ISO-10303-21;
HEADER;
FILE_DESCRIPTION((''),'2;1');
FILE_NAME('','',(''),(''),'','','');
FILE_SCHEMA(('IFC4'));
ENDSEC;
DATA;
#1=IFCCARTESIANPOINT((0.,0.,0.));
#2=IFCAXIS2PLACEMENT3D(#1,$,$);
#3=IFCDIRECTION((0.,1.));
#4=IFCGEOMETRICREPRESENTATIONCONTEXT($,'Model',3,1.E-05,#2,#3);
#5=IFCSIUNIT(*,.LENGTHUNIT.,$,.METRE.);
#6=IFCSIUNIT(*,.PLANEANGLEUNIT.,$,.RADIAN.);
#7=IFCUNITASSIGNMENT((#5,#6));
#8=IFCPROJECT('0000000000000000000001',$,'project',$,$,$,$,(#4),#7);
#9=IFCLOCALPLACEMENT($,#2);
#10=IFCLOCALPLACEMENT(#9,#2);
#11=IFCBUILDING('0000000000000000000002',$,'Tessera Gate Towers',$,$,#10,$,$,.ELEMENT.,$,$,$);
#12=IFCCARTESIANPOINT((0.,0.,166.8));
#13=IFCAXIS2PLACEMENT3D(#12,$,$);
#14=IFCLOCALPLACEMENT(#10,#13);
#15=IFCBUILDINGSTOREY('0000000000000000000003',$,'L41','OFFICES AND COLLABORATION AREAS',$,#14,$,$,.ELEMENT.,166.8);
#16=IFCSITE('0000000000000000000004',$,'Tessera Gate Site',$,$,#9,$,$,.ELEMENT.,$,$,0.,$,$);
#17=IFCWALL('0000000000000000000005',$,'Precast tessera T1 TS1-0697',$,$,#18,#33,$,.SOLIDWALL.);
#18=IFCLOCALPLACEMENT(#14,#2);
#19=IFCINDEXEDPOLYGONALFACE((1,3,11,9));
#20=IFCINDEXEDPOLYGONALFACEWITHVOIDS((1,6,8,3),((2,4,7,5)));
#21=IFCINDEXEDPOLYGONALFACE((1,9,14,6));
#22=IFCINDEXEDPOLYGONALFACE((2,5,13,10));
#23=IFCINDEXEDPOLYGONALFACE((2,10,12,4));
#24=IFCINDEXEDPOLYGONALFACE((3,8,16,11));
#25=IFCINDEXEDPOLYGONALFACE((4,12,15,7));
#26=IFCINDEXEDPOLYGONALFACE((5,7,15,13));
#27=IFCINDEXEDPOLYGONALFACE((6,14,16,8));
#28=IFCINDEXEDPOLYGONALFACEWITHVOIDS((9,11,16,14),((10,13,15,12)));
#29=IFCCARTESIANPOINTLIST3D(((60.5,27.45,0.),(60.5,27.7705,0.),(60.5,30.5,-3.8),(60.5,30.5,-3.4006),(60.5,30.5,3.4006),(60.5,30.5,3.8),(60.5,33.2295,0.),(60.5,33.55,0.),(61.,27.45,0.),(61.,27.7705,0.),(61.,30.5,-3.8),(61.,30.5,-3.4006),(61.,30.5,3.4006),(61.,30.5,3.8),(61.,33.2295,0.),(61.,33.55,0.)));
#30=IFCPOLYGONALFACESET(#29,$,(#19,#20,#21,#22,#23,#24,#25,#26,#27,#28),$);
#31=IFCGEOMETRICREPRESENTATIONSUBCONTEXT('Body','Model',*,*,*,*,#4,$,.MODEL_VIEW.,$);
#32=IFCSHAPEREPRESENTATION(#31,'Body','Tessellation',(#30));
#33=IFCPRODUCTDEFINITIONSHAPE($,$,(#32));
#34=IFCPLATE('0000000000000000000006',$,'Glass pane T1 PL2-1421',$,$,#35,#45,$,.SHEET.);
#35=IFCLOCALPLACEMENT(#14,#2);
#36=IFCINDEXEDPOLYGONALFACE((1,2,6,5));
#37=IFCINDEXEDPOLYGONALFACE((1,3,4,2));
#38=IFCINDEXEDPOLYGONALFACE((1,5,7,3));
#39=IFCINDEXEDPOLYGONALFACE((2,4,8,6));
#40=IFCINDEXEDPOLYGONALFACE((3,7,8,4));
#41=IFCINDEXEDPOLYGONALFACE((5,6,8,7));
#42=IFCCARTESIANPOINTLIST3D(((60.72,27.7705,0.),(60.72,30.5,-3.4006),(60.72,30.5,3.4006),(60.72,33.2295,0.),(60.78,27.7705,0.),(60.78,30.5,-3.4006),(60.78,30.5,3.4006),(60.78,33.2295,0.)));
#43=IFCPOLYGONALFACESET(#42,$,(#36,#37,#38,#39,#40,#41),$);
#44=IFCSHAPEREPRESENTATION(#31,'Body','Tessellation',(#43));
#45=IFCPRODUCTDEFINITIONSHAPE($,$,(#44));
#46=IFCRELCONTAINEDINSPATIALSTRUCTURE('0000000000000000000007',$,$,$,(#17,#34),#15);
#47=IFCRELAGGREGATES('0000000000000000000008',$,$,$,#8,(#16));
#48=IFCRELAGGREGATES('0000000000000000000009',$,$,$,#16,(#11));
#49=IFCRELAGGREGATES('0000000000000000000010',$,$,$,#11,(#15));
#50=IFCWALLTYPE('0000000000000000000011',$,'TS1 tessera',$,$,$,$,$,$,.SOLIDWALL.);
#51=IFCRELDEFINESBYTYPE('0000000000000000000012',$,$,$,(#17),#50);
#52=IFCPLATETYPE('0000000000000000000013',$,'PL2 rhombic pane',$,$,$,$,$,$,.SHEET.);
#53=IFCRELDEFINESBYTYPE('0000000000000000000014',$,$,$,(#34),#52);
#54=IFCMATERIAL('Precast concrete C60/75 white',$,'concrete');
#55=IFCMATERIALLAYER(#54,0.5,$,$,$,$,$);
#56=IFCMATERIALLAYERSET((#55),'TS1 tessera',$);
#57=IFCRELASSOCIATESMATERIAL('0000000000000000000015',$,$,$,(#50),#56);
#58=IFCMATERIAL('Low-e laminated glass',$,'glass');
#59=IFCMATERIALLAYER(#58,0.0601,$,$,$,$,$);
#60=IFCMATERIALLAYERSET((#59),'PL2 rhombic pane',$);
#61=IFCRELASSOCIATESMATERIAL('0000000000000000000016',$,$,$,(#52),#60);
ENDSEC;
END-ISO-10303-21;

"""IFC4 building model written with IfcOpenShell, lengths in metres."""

from ifc_helpers import new_model, si_unit, direction, frame, origin, place, context, subcontext, project, spatial, polyline, outline, extrude, source, transform, mapped, material, layer, layer_set, type_object, element, fill, save


model = new_model("IFC4")

# Units and contexts
model_context = context("Model", 3, precision=1e-05, world=origin(), true_north=direction((0.0, 1.0)))
body_context = subcontext(model_context, "Body", "Model", "MODEL_VIEW")
ifc_project = project(units=[si_unit("LENGTHUNIT", "METRE"), si_unit("PLANEANGLEUNIT", "RADIAN")], contexts=[model_context])

# Site, building, storey
site_placement = place(None, origin())
site = spatial("IfcSite", under=ifc_project, at=site_placement, Name="Tessera Gate Site", CompositionType="ELEMENT", RefElevation=0.0)
building_placement = place(site_placement, origin())
building = spatial("IfcBuilding", under=site, at=building_placement, Name="Tessera Gate Towers", CompositionType="ELEMENT")
storey_placement = place(building_placement, frame((0.0, 0.0, 166.8)))
storey = spatial("IfcBuildingStorey", under=building, at=storey_placement, Name="L41", Description="OFFICES AND COLLABORATION AREAS", CompositionType="ELEMENT", Elevation=166.8)

# Wall, opening, plate
ifc_material_1 = material(Name="Precast concrete C60/75 white", Category="concrete")
ifc_layer_1 = layer(ifc_material_1, 0.5)
ifc_layer_set_1 = layer_set([ifc_layer_1], Name="TS1 tessera")
wall_type_1 = type_object("IfcWallType", Name="TS1 tessera", PredefinedType="SOLIDWALL", material=ifc_layer_set_1)
shared_shape_1 = source(origin(), body_context, "Body", "SweptSolid", [
    extrude(outline(polyline([(3.05, 0.0), (6.1001, 3.8), (3.05, 7.6001), (0.0, 3.8), (3.05, 0.0)])), frame((0.0, 0.25, 0.0), z_axis=(0.0, -1.0, 0.0), x_axis=(1.0, 0.0, 0.0)), (0.0, 0.0, 1.0), 0.5),
])
shared_shape_2 = source(origin(), body_context, "Body", "SweptSolid", [
    extrude(outline(polyline([(3.05, 0.3994), (5.7795, 3.8), (3.05, 7.2007), (0.3206, 3.8), (3.05, 0.3994)])), frame((0.0, 0.26, 0.0), z_axis=(0.0, -1.0, 0.0), x_axis=(1.0, 0.0, 0.0)), (0.0, 0.0, 1.0), 0.52),
])
ifc_material_2 = material(Name="Low-e laminated glass", Category="glass")
ifc_layer_2 = layer(ifc_material_2, 0.0601)
ifc_layer_set_2 = layer_set([ifc_layer_2], Name="PL2 rhombic pane")
plate_type = type_object("IfcPlateType", Name="PL2 rhombic pane", PredefinedType="SHEET", material=ifc_layer_set_2)
shared_shape_3 = source(origin(), body_context, "Body", "SweptSolid", [
    extrude(outline(polyline([(3.05, 0.3994), (5.7795, 3.8), (3.05, 7.2007), (0.3206, 3.8), (3.05, 0.3994)])), frame((0.0, 0.03, 0.0), z_axis=(0.0, -1.0, 0.0), x_axis=(1.0, 0.0, 0.0)), (0.0, 0.0, 1.0), 0.0601),
])
wall_1_placement = place(storey_placement, frame((60.75, 27.45, -3.8), z_axis=(0.0, 0.0, 1.0), x_axis=(0.0, 1.0, 0.0)))
wall_1 = element("IfcWall", 1, at=wall_1_placement, inside=storey, type_object=wall_type_1, Name="Precast tessera T1 TS1-0697", PredefinedType="SOLIDWALL", context=body_context, shape_type="MappedRepresentation", body=[
    mapped(shared_shape_1, transform((0.0, 0.0, 0.0), scale=1.0)),
])
opening_1_placement = place(wall_1_placement, origin())
opening_1 = element("IfcOpeningElement", 2, at=opening_1_placement, cuts=wall_1, PredefinedType="OPENING", context=body_context, shape_type="MappedRepresentation", body=[
    mapped(shared_shape_2, transform((0.0, 0.0, 0.0), scale=1.0)),
])
plate_1_placement = place(opening_1_placement, origin())
plate_1 = element("IfcPlate", 3, at=plate_1_placement, inside=storey, type_object=plate_type, Name="Glass pane T1 PL2-1421", PredefinedType="SHEET", context=body_context, shape_type="MappedRepresentation", body=[
    mapped(shared_shape_3, transform((0.0, 0.0, 0.0), scale=1.0)),
])
fill(opening_1, plate_1)

save(model, "model.ifc")
